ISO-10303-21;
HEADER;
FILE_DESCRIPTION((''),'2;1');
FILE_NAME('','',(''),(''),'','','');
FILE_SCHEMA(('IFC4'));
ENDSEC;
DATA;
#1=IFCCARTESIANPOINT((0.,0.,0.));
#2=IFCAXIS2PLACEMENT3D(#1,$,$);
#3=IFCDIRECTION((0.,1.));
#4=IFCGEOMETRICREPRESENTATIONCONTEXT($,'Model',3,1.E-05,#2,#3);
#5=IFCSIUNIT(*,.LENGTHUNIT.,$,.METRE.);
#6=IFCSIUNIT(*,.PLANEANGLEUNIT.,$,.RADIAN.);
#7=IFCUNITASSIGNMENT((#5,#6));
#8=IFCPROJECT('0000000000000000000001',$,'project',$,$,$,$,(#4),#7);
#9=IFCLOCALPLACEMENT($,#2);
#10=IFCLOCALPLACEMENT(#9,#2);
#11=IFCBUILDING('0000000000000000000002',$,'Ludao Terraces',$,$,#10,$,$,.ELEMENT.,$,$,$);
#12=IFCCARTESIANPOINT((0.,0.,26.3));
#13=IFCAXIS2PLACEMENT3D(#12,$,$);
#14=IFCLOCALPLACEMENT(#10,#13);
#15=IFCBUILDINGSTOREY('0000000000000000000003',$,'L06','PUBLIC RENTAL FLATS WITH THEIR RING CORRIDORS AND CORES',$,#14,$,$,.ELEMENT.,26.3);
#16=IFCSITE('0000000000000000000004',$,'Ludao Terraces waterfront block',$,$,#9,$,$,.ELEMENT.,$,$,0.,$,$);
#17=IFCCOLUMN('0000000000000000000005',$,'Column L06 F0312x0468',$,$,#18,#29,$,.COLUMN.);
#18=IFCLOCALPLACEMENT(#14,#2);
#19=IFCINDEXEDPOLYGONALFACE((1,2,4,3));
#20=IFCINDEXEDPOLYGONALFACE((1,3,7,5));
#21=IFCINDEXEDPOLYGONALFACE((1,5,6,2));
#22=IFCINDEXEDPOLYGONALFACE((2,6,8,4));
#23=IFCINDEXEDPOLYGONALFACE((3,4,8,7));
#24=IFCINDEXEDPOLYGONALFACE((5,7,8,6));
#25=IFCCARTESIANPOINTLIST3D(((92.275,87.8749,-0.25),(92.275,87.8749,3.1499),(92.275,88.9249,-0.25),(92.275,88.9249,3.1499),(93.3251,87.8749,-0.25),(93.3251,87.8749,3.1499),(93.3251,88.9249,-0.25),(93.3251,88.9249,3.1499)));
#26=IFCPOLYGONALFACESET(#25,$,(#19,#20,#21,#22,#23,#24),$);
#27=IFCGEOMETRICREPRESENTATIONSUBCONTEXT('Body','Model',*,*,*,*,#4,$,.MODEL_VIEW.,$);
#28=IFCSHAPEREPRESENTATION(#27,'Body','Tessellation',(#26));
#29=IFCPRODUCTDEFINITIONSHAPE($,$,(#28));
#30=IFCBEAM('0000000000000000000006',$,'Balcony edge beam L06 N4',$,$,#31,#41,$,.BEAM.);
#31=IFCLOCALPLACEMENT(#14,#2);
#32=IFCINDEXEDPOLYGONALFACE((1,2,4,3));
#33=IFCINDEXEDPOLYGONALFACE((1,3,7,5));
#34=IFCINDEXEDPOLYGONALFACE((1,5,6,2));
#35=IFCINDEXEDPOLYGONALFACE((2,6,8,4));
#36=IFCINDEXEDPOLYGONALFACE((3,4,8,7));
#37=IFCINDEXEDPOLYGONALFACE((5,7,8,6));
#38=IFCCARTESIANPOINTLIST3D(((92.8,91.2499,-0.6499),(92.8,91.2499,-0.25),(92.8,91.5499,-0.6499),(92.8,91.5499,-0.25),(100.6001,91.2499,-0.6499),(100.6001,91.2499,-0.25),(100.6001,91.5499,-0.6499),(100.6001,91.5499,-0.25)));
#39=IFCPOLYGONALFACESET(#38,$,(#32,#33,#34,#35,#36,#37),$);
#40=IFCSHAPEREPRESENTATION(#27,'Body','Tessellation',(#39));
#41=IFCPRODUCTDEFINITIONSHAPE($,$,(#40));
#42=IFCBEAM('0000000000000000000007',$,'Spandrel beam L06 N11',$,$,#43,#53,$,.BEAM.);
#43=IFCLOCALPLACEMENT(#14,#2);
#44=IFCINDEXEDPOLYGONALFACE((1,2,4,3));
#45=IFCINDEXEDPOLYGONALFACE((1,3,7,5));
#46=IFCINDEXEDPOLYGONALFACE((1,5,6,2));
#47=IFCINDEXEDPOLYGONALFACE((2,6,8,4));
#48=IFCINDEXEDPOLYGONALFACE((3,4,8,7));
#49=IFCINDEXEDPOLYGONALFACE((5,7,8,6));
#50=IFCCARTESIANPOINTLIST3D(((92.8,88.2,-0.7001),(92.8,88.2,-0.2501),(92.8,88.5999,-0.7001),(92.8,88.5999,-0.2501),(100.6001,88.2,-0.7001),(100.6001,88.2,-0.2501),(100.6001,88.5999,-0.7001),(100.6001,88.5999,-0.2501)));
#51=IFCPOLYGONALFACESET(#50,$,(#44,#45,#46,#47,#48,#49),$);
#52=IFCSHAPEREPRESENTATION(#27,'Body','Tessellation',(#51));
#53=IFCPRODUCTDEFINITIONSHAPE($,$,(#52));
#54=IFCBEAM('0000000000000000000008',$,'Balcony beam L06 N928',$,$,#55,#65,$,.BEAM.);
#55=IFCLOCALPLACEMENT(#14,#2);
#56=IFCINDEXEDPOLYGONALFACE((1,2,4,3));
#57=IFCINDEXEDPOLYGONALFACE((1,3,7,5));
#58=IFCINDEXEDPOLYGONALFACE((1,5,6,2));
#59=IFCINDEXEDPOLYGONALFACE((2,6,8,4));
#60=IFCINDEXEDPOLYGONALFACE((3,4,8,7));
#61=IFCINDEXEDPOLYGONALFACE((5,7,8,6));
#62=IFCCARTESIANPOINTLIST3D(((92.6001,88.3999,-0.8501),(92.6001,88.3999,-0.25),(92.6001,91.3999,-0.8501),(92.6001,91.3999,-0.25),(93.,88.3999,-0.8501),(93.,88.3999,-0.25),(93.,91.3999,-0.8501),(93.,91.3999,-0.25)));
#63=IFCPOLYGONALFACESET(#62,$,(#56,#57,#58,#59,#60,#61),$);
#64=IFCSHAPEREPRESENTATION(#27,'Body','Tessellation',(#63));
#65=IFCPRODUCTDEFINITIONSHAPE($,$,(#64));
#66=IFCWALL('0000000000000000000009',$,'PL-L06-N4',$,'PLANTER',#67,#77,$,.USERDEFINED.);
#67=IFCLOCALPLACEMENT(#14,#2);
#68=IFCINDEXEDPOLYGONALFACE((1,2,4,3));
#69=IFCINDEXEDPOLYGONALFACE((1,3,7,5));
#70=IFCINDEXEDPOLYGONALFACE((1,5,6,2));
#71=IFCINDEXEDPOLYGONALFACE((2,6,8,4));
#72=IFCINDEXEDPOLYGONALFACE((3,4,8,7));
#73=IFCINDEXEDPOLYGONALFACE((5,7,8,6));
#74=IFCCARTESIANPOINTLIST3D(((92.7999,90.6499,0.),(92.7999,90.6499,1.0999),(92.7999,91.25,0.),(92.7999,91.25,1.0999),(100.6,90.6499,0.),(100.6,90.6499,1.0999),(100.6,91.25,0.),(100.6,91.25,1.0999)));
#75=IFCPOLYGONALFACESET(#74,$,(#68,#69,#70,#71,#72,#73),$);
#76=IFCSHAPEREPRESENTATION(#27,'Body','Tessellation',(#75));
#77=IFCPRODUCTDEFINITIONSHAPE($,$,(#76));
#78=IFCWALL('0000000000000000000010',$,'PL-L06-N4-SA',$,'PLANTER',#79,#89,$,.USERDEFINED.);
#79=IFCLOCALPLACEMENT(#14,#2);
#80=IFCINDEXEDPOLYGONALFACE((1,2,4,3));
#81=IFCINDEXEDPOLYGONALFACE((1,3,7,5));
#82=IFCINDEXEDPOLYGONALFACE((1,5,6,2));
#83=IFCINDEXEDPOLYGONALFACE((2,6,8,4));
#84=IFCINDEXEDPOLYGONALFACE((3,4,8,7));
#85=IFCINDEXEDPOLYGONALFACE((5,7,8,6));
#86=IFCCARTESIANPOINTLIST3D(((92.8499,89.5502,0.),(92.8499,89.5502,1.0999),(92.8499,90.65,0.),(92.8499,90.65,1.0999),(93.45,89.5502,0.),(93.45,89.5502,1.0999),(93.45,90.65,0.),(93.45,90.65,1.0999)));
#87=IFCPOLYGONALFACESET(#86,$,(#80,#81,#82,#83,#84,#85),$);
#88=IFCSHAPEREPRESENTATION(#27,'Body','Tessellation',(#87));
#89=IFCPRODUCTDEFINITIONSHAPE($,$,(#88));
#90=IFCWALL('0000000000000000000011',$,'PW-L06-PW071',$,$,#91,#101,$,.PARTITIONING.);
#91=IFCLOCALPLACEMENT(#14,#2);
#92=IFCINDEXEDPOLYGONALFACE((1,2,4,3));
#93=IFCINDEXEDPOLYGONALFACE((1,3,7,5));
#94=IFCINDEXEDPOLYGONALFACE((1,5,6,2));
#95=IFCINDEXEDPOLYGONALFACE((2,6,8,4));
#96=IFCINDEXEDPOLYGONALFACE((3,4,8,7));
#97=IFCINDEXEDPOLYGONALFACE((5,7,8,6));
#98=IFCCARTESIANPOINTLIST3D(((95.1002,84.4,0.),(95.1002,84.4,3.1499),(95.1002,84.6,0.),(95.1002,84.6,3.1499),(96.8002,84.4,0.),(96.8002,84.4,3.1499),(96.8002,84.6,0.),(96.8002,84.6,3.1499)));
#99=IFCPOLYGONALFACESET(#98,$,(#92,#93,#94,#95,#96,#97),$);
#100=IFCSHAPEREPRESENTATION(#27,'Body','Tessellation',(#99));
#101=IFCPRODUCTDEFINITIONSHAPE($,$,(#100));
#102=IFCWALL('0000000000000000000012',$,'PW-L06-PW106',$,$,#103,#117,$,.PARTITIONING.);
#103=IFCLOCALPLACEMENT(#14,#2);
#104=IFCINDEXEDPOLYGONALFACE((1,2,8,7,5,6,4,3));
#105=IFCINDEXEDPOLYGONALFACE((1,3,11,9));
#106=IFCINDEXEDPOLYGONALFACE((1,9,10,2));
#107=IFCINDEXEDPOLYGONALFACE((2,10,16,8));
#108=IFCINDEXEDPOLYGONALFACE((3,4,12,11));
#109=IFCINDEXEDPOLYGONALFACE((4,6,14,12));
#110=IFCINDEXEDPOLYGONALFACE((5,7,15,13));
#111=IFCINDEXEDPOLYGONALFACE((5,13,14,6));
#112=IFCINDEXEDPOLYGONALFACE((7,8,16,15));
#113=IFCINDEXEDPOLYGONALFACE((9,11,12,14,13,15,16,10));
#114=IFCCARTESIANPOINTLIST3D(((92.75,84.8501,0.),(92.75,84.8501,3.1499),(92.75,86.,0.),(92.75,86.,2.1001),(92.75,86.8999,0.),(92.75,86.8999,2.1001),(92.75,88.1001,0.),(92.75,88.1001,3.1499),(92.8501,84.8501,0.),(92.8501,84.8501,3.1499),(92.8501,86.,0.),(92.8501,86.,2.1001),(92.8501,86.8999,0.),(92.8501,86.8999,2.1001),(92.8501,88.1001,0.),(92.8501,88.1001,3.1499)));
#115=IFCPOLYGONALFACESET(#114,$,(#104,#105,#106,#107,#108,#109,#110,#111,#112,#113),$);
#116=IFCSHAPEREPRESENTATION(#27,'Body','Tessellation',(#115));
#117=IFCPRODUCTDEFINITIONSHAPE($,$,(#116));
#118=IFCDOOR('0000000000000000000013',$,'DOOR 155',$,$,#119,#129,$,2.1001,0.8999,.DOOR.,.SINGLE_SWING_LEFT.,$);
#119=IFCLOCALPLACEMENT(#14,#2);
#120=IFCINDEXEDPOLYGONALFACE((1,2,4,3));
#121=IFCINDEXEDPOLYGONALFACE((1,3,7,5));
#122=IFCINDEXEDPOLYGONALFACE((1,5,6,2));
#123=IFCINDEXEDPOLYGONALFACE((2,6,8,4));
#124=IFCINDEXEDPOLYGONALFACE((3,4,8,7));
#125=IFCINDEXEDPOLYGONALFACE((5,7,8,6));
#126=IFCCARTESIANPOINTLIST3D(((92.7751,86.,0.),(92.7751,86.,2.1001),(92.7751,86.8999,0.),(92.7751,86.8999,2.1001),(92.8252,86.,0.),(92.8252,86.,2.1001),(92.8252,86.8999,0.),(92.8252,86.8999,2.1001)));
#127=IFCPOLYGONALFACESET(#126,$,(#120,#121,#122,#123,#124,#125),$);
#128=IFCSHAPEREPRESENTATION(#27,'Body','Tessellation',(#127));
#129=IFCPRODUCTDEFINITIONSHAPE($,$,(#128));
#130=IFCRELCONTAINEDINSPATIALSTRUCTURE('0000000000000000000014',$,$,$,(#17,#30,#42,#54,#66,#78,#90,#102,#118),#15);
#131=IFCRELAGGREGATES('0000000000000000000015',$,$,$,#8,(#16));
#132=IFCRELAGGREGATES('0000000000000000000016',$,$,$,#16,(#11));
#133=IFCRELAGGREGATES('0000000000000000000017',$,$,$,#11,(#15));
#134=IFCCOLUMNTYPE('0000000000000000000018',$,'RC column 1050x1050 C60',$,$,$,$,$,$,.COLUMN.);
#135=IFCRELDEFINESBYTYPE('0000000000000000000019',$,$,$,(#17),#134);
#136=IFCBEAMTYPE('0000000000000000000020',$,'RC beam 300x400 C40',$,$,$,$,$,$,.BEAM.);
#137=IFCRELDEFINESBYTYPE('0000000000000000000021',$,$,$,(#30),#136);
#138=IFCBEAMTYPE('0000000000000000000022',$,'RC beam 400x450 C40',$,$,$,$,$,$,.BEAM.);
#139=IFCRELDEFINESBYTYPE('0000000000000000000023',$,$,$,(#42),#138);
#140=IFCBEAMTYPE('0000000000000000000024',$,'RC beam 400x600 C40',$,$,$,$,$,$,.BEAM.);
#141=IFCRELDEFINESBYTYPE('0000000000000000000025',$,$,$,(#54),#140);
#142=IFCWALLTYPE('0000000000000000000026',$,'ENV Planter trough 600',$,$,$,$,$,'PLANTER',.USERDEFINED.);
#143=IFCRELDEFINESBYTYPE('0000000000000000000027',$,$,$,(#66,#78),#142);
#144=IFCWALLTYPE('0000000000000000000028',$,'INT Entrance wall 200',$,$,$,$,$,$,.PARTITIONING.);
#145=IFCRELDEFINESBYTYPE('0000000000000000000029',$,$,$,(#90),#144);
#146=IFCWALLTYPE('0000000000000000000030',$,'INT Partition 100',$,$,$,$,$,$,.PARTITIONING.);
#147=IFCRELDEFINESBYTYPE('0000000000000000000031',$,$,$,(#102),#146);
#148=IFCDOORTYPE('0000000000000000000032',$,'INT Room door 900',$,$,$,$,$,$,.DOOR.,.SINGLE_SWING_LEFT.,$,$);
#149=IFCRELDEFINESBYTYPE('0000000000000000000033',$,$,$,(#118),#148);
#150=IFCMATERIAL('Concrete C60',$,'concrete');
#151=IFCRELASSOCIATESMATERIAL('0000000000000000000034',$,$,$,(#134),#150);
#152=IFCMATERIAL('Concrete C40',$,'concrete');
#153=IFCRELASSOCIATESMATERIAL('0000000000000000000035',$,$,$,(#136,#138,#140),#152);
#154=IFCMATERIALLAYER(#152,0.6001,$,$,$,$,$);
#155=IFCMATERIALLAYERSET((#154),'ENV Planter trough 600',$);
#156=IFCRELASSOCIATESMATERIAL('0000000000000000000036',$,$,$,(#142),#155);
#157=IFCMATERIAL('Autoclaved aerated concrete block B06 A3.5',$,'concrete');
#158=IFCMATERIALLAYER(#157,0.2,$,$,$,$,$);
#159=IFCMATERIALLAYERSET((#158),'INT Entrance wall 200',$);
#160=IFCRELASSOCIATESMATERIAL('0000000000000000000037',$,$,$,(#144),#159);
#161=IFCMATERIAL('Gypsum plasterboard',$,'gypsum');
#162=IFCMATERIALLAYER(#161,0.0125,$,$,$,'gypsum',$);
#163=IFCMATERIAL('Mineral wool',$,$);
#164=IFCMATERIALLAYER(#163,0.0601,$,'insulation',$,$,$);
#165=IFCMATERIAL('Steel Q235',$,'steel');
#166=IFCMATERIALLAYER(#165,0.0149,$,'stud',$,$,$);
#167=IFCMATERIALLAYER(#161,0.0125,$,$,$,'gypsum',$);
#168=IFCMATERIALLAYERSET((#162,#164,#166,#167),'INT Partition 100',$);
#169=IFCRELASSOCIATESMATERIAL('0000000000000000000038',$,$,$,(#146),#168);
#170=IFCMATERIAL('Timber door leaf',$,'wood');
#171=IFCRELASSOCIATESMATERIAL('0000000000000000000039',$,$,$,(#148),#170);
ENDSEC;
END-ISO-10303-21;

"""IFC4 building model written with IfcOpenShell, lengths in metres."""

from ifc_helpers import new_model, si_unit, direction, frame, frame_2d, origin, origin_2d, place, context, subcontext, project, spatial, rectangle, extrude, material, layer, layer_set, material_profile, profile_set, type_object, element, fill, save


model = new_model("IFC4")

# Units and contexts
model_context = context("Model", 3, precision=1e-05, world=origin(), true_north=direction((0.0, 1.0)))
body_context = subcontext(model_context, "Body", "Model", "MODEL_VIEW")
ifc_project = project(units=[si_unit("LENGTHUNIT", "METRE"), si_unit("PLANEANGLEUNIT", "RADIAN")], contexts=[model_context])

# Site, building, storey
site_placement = place(None, origin())
site = spatial("IfcSite", under=ifc_project, at=site_placement, Name="Ludao Terraces waterfront block", CompositionType="ELEMENT", RefElevation=0.0)
building_placement = place(site_placement, origin())
building = spatial("IfcBuilding", under=site, at=building_placement, Name="Ludao Terraces", CompositionType="ELEMENT")
storey_placement = place(building_placement, frame((0.0, 0.0, 26.3)))
storey = spatial("IfcBuildingStorey", under=building, at=storey_placement, Name="L06", Description="PUBLIC RENTAL FLATS WITH THEIR RING CORRIDORS AND CORES", CompositionType="ELEMENT", Elevation=26.3)

# Column
ifc_material_1 = material(Name="Concrete C60", Category="concrete")
ifc_material_profile_1 = material_profile(ifc_material_1, rectangle(XDim=1.05, YDim=1.05, at=origin_2d()), Name="1050 X 1050")
ifc_profile_set_1 = profile_set([ifc_material_profile_1], Name="Concrete C60")
column_type = type_object("IfcColumnType", Name="RC column 1050x1050 C60", PredefinedType="COLUMN", material=ifc_profile_set_1)
column_placement = place(storey_placement, frame((92.8, 88.3999, -0.25), z_axis=(0.0, 0.0, 1.0), x_axis=(1.0, 0.0, 0.0)))
element("IfcColumn", 1, at=column_placement, inside=storey, type_object=column_type, Name="Column L06 F0312x0468", PredefinedType="COLUMN", context=body_context, shape_type="SweptSolid", body=[
    extrude(rectangle(XDim=1.05, YDim=1.05, at=origin_2d()), origin(), (0.0, 0.0, 1.0), 3.3999),
])

# Beams
ifc_material_2 = material(Name="Concrete C40", Category="concrete")
ifc_material_profile_2 = material_profile(ifc_material_2, rectangle(XDim=0.3, YDim=0.3999, at=origin_2d()), Name="300 X 400")
ifc_profile_set_2 = profile_set([ifc_material_profile_2], Name="Concrete C40")
beam_type_1 = type_object("IfcBeamType", Name="RC beam 300x400 C40", PredefinedType="BEAM", material=ifc_profile_set_2)
beam_1_placement = place(storey_placement, frame((92.8, 91.3999, -0.45), z_axis=(1.0, 0.0, 0.0), x_axis=(0.0, 1.0, 0.0)))
element("IfcBeam", 2, at=beam_1_placement, inside=storey, type_object=beam_type_1, Name="Balcony edge beam L06 N4", PredefinedType="BEAM", context=body_context, shape_type="SweptSolid", body=[
    extrude(rectangle(XDim=0.3, YDim=0.3999, at=origin_2d()), origin(), (0.0, 0.0, 1.0), 7.8),
])
ifc_material_profile_3 = material_profile(ifc_material_2, rectangle(XDim=0.3999, YDim=0.45, at=origin_2d()), Name="400 X 450")
ifc_profile_set_3 = profile_set([ifc_material_profile_3], Name="Concrete C40")
beam_type_2 = type_object("IfcBeamType", Name="RC beam 400x450 C40", PredefinedType="BEAM", material=ifc_profile_set_3)
beam_2_placement = place(storey_placement, frame((92.8, 88.3999, -0.4751), z_axis=(1.0, 0.0, 0.0), x_axis=(0.0, 1.0, 0.0)))
element("IfcBeam", 3, at=beam_2_placement, inside=storey, type_object=beam_type_2, Name="Spandrel beam L06 N11", PredefinedType="BEAM", context=body_context, shape_type="SweptSolid", body=[
    extrude(rectangle(XDim=0.3999, YDim=0.45, at=origin_2d()), origin(), (0.0, 0.0, 1.0), 7.8),
])
ifc_material_profile_4 = material_profile(ifc_material_2, rectangle(XDim=0.3999, YDim=0.6001, at=origin_2d()), Name="400 X 600")
ifc_profile_set_4 = profile_set([ifc_material_profile_4], Name="Concrete C40")
beam_type_3 = type_object("IfcBeamType", Name="RC beam 400x600 C40", PredefinedType="BEAM", material=ifc_profile_set_4)
beam_3_placement = place(storey_placement, frame((92.8, 88.3999, -0.55), z_axis=(0.0, 1.0, 0.0), x_axis=(-1.0, 0.0, 0.0)))
element("IfcBeam", 4, at=beam_3_placement, inside=storey, type_object=beam_type_3, Name="Balcony beam L06 N928", PredefinedType="BEAM", context=body_context, shape_type="SweptSolid", body=[
    extrude(rectangle(XDim=0.3999, YDim=0.6001, at=origin_2d()), origin(), (0.0, 0.0, 1.0), 3.0),
])

# Walls
ifc_layer_1 = layer(ifc_material_2, 0.6001)
ifc_layer_set_1 = layer_set([ifc_layer_1], Name="ENV Planter trough 600")
wall_type_1 = type_object("IfcWallType", Name="ENV Planter trough 600", ElementType="PLANTER", PredefinedType="USERDEFINED", material=ifc_layer_set_1)
wall_1_placement = place(storey_placement, frame((92.8, 90.95, 0.0), z_axis=(0.0, 0.0, 1.0), x_axis=(1.0, 0.0, 0.0)))
element("IfcWall", 5, at=wall_1_placement, inside=storey, type_object=wall_type_1, Name="PL-L06-N4", ObjectType="PLANTER", PredefinedType="USERDEFINED", context=body_context, shape_type="SweptSolid", body=[
    extrude(rectangle(XDim=7.8, YDim=0.6001, at=frame_2d((3.8999, 0.0))), origin(), (0.0, 0.0, 1.0), 1.0999),
])
wall_2_placement = place(storey_placement, frame((93.1499, 90.6499, 0.0), z_axis=(0.0, 0.0, 1.0), x_axis=(0.0, -1.0, 0.0)))
element("IfcWall", 6, at=wall_2_placement, inside=storey, type_object=wall_type_1, Name="PL-L06-N4-SA", ObjectType="PLANTER", PredefinedType="USERDEFINED", context=body_context, shape_type="SweptSolid", body=[
    extrude(rectangle(XDim=1.0999, YDim=0.6001, at=frame_2d((0.5498, 0.0))), origin(), (0.0, 0.0, 1.0), 1.0999),
])

# Shared definitions
ifc_material_3 = material(Name="Mineral wool")

# Wall
ifc_material_4 = material(Name="Autoclaved aerated concrete block B06 A3.5", Category="concrete")
ifc_layer_2 = layer(ifc_material_4, 0.2)
ifc_layer_set_2 = layer_set([ifc_layer_2], Name="INT Entrance wall 200")
wall_type_2 = type_object("IfcWallType", Name="INT Entrance wall 200", PredefinedType="PARTITIONING", material=ifc_layer_set_2)
wall_3_placement = place(storey_placement, frame((95.1001, 84.5, 0.0), z_axis=(0.0, 0.0, 1.0), x_axis=(1.0, 0.0, 0.0)))
element("IfcWall", 7, at=wall_3_placement, inside=storey, type_object=wall_type_2, Name="PW-L06-PW071", PredefinedType="PARTITIONING", context=body_context, shape_type="SweptSolid", body=[
    extrude(rectangle(XDim=1.7, YDim=0.2, at=frame_2d((0.8501, 0.0))), origin(), (0.0, 0.0, 1.0), 3.1499),
])

# Wall, opening, door
ifc_material_5 = material(Name="Gypsum plasterboard", Category="gypsum")
ifc_layer_3 = layer(ifc_material_5, 0.0125, Category="gypsum")
ifc_layer_4 = layer(ifc_material_3, 0.0601, Name="insulation")
ifc_material_6 = material(Name="Steel Q235", Category="steel")
ifc_layer_5 = layer(ifc_material_6, 0.0149, Name="stud")
ifc_layer_6 = layer(ifc_material_5, 0.0125, Category="gypsum")
ifc_layer_set_3 = layer_set([ifc_layer_3, ifc_layer_4, ifc_layer_5, ifc_layer_6], Name="INT Partition 100")
wall_type_3 = type_object("IfcWallType", Name="INT Partition 100", PredefinedType="PARTITIONING", material=ifc_layer_set_3)
wall_4_placement = place(storey_placement, frame((92.8, 84.8501, 0.0), z_axis=(0.0, 0.0, 1.0), x_axis=(0.0, 1.0, 0.0)))
wall_4 = element("IfcWall", 8, at=wall_4_placement, inside=storey, type_object=wall_type_3, Name="PW-L06-PW106", PredefinedType="PARTITIONING", context=body_context, shape_type="SweptSolid", body=[
    extrude(rectangle(XDim=3.25, YDim=0.1001, at=frame_2d((1.625, 0.0))), origin(), (0.0, 0.0, 1.0), 3.1499),
])
opening_1_placement = place(wall_4_placement, frame((1.1499, 0.0, 0.0)))
opening_1 = element("IfcOpeningElement", 9, at=opening_1_placement, cuts=wall_4, PredefinedType="OPENING", context=body_context, shape_type="SweptSolid", body=[
    extrude(rectangle(XDim=0.8999, YDim=2.1001, at=frame_2d((0.45, 1.05))), frame((0.0, 0.0601, 0.0), z_axis=(0.0, -1.0, 0.0), x_axis=(1.0, 0.0, 0.0)), (0.0, 0.0, 1.0), 0.1201),
])
ifc_material_7 = material(Name="Timber door leaf", Category="wood")
door_type_1 = type_object("IfcDoorType", Name="INT Room door 900", OperationType="SINGLE_SWING_LEFT", PredefinedType="DOOR", material=ifc_material_7)
door_1_placement = place(opening_1_placement, origin())
door_1 = element("IfcDoor", 10, at=door_1_placement, inside=storey, type_object=door_type_1, Name="DOOR 155", OperationType="SINGLE_SWING_LEFT", OverallHeight=2.1001, OverallWidth=0.8999, PredefinedType="DOOR", context=body_context, shape_type="SweptSolid", body=[
    extrude(rectangle(XDim=0.8999, YDim=2.1001, at=frame_2d((0.45, 1.05))), frame((0.0, 0.0249, 0.0), z_axis=(0.0, -1.0, 0.0), x_axis=(1.0, 0.0, 0.0)), (0.0, 0.0, 1.0), 0.05),
])
fill(opening_1, door_1)

save(model, "model.ifc")
